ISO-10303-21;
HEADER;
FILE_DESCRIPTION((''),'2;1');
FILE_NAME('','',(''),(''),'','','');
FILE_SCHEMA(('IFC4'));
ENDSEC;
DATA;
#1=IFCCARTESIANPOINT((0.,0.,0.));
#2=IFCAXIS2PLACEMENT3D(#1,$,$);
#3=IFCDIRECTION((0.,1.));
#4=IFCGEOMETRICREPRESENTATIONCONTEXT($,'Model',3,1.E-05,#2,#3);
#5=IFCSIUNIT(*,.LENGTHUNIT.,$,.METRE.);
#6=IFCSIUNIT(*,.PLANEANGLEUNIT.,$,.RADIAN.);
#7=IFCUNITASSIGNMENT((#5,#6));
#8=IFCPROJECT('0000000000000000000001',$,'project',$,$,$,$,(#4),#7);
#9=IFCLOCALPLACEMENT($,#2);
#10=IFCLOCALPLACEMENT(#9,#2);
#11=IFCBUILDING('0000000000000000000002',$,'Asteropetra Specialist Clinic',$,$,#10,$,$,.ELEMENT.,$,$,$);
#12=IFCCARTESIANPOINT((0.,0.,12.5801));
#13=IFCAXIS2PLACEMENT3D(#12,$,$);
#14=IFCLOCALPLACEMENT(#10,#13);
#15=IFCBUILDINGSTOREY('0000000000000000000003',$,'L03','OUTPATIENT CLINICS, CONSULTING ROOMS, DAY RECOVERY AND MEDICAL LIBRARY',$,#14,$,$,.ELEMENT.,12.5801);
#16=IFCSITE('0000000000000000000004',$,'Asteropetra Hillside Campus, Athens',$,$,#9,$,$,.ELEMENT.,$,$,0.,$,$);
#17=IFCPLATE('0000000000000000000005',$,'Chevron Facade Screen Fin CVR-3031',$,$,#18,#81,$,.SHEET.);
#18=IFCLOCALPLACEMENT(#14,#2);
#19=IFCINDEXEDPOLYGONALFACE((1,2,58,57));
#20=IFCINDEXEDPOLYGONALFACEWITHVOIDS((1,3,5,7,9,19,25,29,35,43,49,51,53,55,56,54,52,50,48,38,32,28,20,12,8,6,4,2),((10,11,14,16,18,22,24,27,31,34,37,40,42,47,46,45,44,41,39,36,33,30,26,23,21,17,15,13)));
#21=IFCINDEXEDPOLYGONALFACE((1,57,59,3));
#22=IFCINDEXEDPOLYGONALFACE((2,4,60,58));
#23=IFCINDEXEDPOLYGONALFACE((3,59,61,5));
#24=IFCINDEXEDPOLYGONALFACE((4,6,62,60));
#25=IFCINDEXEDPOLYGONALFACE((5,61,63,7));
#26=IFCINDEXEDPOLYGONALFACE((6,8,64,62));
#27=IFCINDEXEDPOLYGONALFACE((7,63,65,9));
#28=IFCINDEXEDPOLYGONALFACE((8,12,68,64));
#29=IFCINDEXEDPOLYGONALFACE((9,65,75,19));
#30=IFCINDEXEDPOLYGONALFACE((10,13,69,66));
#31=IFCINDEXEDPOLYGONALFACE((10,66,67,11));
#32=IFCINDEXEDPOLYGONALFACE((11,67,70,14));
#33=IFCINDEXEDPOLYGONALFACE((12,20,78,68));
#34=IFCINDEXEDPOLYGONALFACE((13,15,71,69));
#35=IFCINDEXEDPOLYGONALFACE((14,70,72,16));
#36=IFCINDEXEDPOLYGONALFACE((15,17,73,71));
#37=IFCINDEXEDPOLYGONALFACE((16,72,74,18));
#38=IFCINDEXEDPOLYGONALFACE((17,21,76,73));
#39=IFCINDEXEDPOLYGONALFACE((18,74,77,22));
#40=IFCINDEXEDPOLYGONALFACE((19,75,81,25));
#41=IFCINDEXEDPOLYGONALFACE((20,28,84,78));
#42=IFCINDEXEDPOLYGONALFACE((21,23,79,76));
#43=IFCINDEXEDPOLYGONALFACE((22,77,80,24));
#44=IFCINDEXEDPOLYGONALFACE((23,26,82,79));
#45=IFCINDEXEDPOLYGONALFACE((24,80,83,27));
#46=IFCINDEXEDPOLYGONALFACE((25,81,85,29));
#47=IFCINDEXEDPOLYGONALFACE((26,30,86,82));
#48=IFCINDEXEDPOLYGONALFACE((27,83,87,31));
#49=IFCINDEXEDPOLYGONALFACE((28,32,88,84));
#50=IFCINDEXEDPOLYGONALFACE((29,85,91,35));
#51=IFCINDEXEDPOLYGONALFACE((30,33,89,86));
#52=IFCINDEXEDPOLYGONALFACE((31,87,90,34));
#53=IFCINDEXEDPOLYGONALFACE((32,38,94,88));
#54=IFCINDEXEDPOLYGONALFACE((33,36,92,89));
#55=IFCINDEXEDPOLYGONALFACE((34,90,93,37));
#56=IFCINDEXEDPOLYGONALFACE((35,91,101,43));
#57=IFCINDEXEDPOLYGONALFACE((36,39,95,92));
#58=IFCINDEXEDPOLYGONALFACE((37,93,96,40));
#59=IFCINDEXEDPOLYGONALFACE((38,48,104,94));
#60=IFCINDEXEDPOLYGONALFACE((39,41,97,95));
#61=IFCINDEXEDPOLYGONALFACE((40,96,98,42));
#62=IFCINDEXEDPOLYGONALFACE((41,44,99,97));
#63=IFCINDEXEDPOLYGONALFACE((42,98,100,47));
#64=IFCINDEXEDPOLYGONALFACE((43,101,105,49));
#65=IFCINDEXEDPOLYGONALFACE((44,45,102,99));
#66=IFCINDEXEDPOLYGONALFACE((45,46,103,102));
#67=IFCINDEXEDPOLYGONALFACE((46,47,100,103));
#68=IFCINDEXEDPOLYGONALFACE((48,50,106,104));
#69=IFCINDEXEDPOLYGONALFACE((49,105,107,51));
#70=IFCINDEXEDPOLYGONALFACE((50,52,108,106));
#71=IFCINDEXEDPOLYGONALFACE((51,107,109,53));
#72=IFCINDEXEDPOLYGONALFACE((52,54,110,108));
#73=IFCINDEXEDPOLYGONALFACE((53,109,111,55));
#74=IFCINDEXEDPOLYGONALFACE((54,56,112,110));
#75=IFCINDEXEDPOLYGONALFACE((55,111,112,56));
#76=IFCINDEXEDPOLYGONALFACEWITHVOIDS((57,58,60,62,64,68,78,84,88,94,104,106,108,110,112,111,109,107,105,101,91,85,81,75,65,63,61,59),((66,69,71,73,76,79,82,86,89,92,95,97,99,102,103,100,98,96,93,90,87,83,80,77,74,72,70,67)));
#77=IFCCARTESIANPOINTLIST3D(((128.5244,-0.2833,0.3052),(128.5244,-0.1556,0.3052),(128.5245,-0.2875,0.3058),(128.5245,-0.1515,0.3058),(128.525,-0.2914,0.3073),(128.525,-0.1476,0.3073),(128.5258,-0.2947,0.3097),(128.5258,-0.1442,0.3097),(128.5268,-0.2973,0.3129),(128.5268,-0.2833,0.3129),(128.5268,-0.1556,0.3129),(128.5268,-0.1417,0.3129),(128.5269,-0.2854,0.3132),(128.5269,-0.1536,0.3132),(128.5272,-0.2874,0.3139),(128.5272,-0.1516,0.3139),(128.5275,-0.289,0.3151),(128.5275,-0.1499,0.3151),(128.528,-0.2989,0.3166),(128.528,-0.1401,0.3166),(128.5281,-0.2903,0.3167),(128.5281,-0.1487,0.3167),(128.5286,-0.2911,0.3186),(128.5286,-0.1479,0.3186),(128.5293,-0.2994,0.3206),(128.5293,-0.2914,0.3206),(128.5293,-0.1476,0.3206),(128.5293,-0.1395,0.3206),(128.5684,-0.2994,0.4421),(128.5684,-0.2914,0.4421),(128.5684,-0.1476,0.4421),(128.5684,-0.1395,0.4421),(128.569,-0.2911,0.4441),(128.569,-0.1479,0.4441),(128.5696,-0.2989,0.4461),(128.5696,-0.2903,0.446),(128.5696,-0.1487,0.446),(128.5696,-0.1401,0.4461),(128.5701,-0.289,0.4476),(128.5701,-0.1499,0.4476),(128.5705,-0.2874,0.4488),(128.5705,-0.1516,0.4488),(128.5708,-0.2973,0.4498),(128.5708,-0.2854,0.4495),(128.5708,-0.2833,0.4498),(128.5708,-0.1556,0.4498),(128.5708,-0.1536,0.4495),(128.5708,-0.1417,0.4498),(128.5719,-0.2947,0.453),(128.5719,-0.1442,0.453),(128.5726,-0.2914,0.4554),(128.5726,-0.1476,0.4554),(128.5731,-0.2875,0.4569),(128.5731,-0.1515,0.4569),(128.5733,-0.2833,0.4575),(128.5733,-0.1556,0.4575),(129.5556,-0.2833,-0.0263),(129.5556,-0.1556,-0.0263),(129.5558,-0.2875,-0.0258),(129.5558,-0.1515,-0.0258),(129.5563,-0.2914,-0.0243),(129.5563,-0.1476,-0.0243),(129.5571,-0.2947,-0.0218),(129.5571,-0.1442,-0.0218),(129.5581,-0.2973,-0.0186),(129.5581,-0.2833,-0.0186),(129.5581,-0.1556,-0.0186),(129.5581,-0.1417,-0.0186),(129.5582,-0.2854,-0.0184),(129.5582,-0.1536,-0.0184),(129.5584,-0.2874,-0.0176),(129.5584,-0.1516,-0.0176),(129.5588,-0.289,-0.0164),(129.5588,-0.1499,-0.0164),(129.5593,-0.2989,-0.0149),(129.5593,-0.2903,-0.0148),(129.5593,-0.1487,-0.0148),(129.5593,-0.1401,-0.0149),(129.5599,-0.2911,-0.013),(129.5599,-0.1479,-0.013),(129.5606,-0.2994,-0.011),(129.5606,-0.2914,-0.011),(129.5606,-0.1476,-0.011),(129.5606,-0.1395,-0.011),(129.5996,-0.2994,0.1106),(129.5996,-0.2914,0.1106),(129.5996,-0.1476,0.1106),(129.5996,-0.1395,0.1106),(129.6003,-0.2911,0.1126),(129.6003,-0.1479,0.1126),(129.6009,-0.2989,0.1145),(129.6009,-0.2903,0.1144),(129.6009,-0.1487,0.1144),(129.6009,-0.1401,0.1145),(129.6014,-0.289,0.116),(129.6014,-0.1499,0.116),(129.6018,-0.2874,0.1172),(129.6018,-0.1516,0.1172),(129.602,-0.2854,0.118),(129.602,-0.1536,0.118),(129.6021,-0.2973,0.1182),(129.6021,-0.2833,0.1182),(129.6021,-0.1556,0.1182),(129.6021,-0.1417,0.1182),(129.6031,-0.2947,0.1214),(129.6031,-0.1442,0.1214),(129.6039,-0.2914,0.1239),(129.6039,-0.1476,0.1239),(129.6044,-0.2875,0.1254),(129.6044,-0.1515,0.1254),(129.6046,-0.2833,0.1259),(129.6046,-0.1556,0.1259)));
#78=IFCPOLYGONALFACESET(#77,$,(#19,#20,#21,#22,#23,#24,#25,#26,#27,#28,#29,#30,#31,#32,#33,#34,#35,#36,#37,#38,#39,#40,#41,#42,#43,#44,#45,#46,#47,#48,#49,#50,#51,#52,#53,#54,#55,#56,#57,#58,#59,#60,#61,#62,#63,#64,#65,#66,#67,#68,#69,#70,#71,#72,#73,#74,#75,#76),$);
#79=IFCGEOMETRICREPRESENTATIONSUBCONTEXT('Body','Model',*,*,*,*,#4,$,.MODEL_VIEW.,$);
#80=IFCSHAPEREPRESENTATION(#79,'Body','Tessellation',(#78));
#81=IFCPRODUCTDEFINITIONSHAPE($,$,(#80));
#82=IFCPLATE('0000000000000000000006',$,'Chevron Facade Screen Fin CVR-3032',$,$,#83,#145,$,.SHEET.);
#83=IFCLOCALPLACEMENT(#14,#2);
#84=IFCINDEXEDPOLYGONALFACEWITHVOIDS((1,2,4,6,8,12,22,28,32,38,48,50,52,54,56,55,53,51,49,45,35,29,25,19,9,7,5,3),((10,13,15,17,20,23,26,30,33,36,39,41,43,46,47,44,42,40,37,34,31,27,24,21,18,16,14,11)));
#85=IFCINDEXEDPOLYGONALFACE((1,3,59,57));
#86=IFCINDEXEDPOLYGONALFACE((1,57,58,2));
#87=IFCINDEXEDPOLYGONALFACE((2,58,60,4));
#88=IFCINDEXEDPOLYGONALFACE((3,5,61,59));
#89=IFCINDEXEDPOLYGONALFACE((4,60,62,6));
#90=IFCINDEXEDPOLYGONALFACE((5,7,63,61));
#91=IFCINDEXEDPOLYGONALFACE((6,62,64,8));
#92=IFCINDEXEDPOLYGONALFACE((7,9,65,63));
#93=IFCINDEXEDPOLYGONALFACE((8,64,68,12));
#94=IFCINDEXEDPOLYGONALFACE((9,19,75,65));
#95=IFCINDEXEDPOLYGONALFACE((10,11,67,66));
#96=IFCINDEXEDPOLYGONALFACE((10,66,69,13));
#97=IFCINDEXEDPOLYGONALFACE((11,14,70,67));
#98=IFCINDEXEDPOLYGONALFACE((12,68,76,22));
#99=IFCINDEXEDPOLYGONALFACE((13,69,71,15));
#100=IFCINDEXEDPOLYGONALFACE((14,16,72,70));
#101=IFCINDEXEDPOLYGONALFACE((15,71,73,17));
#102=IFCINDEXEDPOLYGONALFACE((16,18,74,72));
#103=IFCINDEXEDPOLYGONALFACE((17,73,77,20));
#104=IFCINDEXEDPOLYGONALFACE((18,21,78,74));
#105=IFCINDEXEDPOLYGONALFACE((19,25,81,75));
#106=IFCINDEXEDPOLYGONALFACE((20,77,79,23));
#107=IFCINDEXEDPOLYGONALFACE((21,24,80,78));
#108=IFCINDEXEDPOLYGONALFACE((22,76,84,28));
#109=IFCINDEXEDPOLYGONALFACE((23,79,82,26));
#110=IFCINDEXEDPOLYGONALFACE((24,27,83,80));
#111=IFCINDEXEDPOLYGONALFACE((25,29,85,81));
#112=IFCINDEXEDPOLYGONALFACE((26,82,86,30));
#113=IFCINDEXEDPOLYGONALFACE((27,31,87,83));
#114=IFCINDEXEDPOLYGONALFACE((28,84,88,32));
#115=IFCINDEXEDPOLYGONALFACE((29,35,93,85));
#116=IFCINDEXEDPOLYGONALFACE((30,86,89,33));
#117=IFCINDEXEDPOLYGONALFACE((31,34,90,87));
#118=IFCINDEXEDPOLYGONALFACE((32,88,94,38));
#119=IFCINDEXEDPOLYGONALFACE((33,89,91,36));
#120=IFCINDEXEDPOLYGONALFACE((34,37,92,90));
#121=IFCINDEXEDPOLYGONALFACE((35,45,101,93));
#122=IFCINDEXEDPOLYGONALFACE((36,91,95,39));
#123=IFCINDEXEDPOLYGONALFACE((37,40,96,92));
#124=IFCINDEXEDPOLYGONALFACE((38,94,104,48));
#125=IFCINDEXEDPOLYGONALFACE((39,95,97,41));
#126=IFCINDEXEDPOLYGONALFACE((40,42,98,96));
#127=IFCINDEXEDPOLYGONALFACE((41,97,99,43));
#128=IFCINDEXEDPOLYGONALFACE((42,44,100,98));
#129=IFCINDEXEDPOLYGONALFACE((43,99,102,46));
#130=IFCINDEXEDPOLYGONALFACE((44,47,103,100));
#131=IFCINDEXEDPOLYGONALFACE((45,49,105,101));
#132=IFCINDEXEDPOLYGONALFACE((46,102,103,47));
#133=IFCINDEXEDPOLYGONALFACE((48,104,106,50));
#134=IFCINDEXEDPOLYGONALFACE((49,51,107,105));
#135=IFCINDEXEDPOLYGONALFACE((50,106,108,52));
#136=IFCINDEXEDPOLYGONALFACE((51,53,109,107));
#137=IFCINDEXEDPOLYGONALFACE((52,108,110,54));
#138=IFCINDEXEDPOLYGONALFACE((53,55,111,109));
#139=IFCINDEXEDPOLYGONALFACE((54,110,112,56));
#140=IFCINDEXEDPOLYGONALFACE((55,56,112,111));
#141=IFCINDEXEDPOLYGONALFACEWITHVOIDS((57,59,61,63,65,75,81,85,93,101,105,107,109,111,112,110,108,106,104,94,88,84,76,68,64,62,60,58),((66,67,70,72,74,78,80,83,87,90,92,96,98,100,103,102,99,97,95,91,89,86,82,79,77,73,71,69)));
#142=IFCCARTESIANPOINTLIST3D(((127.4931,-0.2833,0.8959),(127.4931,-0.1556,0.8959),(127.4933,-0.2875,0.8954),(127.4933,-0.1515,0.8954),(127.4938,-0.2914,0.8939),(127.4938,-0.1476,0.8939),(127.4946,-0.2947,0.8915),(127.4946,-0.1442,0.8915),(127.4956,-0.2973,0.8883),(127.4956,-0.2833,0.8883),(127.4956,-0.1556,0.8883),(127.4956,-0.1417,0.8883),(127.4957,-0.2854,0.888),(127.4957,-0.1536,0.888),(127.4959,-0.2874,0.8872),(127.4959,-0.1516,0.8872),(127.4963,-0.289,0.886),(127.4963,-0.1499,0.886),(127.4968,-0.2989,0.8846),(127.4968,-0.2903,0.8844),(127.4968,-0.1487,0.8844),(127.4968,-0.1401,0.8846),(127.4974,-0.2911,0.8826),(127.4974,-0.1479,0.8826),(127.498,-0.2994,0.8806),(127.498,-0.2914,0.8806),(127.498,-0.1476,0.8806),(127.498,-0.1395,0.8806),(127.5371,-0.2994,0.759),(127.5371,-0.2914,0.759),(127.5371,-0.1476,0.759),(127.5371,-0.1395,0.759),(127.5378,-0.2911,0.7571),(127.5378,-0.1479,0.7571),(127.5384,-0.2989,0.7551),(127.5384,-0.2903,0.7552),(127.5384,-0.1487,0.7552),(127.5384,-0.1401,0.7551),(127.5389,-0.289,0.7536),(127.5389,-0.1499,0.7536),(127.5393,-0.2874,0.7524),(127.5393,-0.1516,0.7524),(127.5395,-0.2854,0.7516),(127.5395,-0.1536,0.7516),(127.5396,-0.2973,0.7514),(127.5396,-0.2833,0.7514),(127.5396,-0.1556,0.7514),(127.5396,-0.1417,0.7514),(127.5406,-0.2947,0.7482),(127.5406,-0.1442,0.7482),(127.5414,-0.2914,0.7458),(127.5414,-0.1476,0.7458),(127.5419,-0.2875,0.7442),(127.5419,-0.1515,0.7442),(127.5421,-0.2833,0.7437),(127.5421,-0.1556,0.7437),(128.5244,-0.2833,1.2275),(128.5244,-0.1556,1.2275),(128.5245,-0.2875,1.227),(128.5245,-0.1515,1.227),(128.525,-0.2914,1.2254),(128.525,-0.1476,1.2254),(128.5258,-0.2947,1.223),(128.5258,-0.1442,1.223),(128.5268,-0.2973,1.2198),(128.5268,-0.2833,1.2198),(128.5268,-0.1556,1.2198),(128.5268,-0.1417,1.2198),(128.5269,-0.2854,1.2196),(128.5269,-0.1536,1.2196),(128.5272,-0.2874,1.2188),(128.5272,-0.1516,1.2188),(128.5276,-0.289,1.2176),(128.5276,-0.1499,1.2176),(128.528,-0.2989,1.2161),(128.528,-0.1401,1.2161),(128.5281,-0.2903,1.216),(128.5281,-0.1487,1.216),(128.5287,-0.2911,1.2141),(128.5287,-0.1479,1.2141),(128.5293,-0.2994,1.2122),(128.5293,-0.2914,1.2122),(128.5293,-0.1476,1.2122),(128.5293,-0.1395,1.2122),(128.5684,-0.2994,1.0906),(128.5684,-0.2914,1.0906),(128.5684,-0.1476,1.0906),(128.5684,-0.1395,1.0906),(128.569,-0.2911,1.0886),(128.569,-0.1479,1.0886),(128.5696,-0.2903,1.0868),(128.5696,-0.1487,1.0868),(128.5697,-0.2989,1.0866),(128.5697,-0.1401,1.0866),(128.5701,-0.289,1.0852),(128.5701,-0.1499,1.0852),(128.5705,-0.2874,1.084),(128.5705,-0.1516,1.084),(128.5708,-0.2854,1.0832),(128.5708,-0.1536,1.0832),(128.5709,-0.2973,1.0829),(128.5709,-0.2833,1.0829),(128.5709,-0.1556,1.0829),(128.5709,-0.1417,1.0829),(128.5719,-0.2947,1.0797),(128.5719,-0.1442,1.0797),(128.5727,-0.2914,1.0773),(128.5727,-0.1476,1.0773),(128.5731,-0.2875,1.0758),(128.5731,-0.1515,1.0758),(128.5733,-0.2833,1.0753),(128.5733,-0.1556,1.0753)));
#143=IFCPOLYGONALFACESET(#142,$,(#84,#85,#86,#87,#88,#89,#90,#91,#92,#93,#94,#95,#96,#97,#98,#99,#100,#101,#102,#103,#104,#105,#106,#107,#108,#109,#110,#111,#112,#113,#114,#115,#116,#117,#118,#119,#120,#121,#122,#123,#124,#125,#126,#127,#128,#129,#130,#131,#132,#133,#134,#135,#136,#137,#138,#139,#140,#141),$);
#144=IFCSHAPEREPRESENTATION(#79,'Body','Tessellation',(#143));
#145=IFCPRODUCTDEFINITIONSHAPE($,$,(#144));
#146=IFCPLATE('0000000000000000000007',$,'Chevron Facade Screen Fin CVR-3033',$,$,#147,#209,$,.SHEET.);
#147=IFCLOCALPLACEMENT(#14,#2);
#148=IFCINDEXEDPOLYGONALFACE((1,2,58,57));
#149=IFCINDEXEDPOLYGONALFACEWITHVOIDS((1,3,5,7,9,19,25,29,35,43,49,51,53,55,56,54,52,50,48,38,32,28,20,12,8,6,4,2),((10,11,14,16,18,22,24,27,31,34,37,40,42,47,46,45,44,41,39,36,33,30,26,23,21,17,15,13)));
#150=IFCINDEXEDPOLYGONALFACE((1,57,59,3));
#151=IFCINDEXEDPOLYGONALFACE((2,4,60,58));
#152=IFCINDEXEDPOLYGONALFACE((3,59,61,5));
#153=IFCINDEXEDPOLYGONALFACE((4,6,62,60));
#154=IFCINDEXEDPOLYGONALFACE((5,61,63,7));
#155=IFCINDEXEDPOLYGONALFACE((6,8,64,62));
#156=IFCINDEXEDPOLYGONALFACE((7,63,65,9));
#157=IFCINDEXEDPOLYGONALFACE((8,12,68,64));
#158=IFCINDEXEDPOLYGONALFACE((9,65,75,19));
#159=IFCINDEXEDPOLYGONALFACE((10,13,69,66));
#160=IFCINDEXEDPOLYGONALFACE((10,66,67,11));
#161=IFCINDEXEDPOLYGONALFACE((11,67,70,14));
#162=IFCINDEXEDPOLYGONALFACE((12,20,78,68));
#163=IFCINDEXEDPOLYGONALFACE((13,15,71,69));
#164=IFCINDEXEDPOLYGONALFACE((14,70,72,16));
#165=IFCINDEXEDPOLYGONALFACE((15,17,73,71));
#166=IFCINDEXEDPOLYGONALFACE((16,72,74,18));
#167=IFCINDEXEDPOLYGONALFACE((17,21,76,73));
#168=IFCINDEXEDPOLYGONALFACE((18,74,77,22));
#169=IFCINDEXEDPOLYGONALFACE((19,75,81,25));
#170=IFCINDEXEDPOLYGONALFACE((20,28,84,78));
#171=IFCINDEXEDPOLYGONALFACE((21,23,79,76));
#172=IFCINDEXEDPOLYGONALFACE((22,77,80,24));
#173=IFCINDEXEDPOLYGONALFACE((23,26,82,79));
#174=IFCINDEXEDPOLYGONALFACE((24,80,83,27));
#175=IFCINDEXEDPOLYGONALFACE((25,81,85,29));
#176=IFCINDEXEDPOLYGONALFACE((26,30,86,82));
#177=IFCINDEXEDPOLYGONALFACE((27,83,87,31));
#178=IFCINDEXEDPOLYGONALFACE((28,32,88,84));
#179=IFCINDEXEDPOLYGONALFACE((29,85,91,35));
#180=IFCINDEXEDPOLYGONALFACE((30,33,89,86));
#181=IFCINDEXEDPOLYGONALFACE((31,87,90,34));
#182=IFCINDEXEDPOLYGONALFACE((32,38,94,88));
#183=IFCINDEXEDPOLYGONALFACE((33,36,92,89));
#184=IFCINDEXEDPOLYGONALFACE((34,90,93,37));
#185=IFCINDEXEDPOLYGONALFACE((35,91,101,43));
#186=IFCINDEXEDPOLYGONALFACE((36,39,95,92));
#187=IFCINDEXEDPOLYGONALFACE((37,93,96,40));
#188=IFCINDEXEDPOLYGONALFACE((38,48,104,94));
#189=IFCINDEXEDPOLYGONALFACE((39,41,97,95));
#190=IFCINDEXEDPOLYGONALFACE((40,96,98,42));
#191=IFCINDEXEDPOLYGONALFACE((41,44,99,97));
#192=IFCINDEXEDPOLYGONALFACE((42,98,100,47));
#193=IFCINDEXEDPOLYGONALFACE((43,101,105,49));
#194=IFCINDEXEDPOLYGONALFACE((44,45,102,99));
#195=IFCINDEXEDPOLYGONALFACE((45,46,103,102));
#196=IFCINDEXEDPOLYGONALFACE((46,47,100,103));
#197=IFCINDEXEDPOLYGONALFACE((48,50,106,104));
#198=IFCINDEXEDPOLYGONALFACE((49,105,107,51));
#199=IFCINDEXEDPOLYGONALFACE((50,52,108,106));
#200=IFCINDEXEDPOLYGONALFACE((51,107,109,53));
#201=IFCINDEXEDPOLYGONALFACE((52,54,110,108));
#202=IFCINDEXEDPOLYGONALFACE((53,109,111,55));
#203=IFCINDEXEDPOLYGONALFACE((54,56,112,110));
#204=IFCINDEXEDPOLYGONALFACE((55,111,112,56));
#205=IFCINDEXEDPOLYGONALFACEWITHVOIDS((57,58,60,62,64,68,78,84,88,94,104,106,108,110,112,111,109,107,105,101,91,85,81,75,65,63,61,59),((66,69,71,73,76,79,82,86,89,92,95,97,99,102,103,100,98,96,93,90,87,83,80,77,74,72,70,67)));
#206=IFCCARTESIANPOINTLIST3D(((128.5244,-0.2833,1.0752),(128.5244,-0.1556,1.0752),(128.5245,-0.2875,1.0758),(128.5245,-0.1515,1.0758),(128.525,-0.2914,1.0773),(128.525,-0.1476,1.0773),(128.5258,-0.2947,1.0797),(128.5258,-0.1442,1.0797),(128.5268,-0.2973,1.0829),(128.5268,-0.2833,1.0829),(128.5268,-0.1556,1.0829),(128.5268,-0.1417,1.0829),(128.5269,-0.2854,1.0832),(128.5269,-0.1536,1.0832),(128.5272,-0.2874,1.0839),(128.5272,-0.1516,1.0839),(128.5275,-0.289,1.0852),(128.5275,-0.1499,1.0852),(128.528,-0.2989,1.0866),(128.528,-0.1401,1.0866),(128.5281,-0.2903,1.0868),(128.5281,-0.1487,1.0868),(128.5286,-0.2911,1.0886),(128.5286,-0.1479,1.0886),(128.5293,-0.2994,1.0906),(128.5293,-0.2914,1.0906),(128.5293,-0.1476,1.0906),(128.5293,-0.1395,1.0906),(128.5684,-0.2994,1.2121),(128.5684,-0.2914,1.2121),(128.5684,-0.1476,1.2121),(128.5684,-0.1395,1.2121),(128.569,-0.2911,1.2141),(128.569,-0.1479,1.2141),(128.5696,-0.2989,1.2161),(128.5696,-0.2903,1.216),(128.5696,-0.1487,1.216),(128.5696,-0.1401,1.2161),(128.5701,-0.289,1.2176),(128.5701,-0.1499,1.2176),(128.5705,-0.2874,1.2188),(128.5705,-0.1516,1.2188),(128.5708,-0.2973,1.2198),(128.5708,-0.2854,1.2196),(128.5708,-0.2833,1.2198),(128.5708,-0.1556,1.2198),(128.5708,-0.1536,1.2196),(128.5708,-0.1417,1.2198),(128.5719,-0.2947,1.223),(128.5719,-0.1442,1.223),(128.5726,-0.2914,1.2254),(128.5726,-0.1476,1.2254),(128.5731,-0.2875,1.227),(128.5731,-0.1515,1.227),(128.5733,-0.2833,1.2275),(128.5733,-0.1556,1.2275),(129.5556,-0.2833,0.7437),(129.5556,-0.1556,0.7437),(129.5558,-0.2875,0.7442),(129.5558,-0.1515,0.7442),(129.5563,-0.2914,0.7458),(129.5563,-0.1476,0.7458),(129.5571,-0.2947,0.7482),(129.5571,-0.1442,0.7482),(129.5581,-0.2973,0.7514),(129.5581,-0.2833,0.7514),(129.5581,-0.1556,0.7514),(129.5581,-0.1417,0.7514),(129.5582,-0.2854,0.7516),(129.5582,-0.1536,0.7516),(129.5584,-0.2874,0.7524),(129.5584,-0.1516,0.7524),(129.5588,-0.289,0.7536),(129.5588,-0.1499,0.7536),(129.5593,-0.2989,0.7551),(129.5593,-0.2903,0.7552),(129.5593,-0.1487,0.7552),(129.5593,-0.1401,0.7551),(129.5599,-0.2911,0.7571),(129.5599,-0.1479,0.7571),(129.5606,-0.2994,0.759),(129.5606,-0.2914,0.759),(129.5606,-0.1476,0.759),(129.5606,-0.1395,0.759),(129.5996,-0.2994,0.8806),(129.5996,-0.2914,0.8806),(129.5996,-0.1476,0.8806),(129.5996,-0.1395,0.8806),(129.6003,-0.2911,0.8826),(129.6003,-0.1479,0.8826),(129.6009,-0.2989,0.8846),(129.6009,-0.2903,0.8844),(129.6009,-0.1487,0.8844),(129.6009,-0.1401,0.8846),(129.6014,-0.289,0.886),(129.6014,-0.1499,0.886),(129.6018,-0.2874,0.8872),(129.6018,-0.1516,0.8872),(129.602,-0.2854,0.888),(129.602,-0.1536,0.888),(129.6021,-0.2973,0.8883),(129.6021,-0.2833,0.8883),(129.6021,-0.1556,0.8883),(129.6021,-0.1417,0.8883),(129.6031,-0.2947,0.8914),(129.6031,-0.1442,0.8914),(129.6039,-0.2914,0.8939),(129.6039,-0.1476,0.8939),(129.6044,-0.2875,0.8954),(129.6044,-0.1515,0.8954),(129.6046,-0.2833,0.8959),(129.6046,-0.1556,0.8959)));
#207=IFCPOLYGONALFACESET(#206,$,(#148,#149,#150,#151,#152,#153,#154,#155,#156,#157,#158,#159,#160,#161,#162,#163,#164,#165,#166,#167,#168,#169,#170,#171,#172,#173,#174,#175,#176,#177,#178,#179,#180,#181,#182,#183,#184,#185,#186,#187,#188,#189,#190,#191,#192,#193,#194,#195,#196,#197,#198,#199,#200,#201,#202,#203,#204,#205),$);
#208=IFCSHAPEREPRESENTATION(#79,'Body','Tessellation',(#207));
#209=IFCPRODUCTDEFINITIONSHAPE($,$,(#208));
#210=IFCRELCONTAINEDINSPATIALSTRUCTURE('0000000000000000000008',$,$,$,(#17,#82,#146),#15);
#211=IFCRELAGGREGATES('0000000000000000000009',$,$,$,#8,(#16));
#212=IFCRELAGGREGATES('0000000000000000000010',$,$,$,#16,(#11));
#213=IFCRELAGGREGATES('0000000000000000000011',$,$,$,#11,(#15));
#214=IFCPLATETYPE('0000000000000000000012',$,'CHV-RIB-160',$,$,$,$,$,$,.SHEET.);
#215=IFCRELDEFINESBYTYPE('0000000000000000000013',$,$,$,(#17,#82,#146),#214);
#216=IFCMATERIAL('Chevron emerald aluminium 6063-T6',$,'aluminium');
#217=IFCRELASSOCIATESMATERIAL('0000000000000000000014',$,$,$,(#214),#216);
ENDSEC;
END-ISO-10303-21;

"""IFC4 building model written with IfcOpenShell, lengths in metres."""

from ifc_helpers import new_model, si_unit, direction, frame, origin, origin_2d, place, context, subcontext, project, spatial, hollow_rectangle, extrude, material, material_profile, profile_set, type_object, element, save


model = new_model("IFC4")

# Units and contexts
model_context = context("Model", 3, precision=1e-05, world=origin(), true_north=direction((0.0, 1.0)))
body_context = subcontext(model_context, "Body", "Model", "MODEL_VIEW")
ifc_project = project(units=[si_unit("LENGTHUNIT", "METRE"), si_unit("PLANEANGLEUNIT", "RADIAN")], contexts=[model_context])

# Site, building, storey
site_placement = place(None, origin())
site = spatial("IfcSite", under=ifc_project, at=site_placement, Name="Asteropetra Hillside Campus, Athens", CompositionType="ELEMENT", RefElevation=0.0)
building_placement = place(site_placement, origin())
building = spatial("IfcBuilding", under=site, at=building_placement, Name="Asteropetra Specialist Clinic", CompositionType="ELEMENT")
storey_placement = place(building_placement, frame((0.0, 0.0, 12.5801)))
storey = spatial("IfcBuildingStorey", under=building, at=storey_placement, Name="L03", Description="OUTPATIENT CLINICS, CONSULTING ROOMS, DAY RECOVERY AND MEDICAL LIBRARY", CompositionType="ELEMENT", Elevation=12.5801)

# Plates
ifc_material_1 = material(Name="Chevron emerald aluminium 6063-T6", Category="aluminium")
ifc_material_profile_1 = material_profile(ifc_material_1, hollow_rectangle(XDim=0.1599, YDim=0.1599, WallThickness=0.0081, InnerFilletRadius=0.0081, OuterFilletRadius=0.0161, at=origin_2d()), Name="SHS 160x160x8.0")
ifc_profile_set_1 = profile_set([ifc_material_profile_1], Name="Chevron emerald aluminium 6063-T6")
plate_type_1 = type_object("IfcPlateType", Name="CHV-RIB-160", PredefinedType="SHEET", material=ifc_profile_set_1)
for number, where, z_axis, x_axis, name in (
    (1, (128.5488, -0.2195, 0.3813), (0.95201, 0.0, -0.306068), (0.0, 1.0, 0.0), "Chevron Facade Screen Fin CVR-3031"),
    (2, (127.5176, -0.2195, 0.8198), (0.95201, 0.0, 0.306068), (0.0, 1.0, 0.0), "Chevron Facade Screen Fin CVR-3032"),
    (3, (128.5488, -0.2195, 1.1514), (0.95201, 0.0, -0.306068), (0.0, 1.0, 0.0), "Chevron Facade Screen Fin CVR-3033"),
):
    element("IfcPlate", number, at=place(storey_placement, frame(where, z_axis=z_axis, x_axis=x_axis)), inside=storey, type_object=plate_type_1, Name=name, PredefinedType="SHEET", context=body_context, shape_type="SweptSolid", body=[
        extrude(hollow_rectangle(XDim=0.1599, YDim=0.1599, WallThickness=0.0081, InnerFilletRadius=0.0081, OuterFilletRadius=0.0161, at=origin_2d()), origin(), (0.0, 0.0, 1.0), 1.0833),
    ])

save(model, "model.ifc")
